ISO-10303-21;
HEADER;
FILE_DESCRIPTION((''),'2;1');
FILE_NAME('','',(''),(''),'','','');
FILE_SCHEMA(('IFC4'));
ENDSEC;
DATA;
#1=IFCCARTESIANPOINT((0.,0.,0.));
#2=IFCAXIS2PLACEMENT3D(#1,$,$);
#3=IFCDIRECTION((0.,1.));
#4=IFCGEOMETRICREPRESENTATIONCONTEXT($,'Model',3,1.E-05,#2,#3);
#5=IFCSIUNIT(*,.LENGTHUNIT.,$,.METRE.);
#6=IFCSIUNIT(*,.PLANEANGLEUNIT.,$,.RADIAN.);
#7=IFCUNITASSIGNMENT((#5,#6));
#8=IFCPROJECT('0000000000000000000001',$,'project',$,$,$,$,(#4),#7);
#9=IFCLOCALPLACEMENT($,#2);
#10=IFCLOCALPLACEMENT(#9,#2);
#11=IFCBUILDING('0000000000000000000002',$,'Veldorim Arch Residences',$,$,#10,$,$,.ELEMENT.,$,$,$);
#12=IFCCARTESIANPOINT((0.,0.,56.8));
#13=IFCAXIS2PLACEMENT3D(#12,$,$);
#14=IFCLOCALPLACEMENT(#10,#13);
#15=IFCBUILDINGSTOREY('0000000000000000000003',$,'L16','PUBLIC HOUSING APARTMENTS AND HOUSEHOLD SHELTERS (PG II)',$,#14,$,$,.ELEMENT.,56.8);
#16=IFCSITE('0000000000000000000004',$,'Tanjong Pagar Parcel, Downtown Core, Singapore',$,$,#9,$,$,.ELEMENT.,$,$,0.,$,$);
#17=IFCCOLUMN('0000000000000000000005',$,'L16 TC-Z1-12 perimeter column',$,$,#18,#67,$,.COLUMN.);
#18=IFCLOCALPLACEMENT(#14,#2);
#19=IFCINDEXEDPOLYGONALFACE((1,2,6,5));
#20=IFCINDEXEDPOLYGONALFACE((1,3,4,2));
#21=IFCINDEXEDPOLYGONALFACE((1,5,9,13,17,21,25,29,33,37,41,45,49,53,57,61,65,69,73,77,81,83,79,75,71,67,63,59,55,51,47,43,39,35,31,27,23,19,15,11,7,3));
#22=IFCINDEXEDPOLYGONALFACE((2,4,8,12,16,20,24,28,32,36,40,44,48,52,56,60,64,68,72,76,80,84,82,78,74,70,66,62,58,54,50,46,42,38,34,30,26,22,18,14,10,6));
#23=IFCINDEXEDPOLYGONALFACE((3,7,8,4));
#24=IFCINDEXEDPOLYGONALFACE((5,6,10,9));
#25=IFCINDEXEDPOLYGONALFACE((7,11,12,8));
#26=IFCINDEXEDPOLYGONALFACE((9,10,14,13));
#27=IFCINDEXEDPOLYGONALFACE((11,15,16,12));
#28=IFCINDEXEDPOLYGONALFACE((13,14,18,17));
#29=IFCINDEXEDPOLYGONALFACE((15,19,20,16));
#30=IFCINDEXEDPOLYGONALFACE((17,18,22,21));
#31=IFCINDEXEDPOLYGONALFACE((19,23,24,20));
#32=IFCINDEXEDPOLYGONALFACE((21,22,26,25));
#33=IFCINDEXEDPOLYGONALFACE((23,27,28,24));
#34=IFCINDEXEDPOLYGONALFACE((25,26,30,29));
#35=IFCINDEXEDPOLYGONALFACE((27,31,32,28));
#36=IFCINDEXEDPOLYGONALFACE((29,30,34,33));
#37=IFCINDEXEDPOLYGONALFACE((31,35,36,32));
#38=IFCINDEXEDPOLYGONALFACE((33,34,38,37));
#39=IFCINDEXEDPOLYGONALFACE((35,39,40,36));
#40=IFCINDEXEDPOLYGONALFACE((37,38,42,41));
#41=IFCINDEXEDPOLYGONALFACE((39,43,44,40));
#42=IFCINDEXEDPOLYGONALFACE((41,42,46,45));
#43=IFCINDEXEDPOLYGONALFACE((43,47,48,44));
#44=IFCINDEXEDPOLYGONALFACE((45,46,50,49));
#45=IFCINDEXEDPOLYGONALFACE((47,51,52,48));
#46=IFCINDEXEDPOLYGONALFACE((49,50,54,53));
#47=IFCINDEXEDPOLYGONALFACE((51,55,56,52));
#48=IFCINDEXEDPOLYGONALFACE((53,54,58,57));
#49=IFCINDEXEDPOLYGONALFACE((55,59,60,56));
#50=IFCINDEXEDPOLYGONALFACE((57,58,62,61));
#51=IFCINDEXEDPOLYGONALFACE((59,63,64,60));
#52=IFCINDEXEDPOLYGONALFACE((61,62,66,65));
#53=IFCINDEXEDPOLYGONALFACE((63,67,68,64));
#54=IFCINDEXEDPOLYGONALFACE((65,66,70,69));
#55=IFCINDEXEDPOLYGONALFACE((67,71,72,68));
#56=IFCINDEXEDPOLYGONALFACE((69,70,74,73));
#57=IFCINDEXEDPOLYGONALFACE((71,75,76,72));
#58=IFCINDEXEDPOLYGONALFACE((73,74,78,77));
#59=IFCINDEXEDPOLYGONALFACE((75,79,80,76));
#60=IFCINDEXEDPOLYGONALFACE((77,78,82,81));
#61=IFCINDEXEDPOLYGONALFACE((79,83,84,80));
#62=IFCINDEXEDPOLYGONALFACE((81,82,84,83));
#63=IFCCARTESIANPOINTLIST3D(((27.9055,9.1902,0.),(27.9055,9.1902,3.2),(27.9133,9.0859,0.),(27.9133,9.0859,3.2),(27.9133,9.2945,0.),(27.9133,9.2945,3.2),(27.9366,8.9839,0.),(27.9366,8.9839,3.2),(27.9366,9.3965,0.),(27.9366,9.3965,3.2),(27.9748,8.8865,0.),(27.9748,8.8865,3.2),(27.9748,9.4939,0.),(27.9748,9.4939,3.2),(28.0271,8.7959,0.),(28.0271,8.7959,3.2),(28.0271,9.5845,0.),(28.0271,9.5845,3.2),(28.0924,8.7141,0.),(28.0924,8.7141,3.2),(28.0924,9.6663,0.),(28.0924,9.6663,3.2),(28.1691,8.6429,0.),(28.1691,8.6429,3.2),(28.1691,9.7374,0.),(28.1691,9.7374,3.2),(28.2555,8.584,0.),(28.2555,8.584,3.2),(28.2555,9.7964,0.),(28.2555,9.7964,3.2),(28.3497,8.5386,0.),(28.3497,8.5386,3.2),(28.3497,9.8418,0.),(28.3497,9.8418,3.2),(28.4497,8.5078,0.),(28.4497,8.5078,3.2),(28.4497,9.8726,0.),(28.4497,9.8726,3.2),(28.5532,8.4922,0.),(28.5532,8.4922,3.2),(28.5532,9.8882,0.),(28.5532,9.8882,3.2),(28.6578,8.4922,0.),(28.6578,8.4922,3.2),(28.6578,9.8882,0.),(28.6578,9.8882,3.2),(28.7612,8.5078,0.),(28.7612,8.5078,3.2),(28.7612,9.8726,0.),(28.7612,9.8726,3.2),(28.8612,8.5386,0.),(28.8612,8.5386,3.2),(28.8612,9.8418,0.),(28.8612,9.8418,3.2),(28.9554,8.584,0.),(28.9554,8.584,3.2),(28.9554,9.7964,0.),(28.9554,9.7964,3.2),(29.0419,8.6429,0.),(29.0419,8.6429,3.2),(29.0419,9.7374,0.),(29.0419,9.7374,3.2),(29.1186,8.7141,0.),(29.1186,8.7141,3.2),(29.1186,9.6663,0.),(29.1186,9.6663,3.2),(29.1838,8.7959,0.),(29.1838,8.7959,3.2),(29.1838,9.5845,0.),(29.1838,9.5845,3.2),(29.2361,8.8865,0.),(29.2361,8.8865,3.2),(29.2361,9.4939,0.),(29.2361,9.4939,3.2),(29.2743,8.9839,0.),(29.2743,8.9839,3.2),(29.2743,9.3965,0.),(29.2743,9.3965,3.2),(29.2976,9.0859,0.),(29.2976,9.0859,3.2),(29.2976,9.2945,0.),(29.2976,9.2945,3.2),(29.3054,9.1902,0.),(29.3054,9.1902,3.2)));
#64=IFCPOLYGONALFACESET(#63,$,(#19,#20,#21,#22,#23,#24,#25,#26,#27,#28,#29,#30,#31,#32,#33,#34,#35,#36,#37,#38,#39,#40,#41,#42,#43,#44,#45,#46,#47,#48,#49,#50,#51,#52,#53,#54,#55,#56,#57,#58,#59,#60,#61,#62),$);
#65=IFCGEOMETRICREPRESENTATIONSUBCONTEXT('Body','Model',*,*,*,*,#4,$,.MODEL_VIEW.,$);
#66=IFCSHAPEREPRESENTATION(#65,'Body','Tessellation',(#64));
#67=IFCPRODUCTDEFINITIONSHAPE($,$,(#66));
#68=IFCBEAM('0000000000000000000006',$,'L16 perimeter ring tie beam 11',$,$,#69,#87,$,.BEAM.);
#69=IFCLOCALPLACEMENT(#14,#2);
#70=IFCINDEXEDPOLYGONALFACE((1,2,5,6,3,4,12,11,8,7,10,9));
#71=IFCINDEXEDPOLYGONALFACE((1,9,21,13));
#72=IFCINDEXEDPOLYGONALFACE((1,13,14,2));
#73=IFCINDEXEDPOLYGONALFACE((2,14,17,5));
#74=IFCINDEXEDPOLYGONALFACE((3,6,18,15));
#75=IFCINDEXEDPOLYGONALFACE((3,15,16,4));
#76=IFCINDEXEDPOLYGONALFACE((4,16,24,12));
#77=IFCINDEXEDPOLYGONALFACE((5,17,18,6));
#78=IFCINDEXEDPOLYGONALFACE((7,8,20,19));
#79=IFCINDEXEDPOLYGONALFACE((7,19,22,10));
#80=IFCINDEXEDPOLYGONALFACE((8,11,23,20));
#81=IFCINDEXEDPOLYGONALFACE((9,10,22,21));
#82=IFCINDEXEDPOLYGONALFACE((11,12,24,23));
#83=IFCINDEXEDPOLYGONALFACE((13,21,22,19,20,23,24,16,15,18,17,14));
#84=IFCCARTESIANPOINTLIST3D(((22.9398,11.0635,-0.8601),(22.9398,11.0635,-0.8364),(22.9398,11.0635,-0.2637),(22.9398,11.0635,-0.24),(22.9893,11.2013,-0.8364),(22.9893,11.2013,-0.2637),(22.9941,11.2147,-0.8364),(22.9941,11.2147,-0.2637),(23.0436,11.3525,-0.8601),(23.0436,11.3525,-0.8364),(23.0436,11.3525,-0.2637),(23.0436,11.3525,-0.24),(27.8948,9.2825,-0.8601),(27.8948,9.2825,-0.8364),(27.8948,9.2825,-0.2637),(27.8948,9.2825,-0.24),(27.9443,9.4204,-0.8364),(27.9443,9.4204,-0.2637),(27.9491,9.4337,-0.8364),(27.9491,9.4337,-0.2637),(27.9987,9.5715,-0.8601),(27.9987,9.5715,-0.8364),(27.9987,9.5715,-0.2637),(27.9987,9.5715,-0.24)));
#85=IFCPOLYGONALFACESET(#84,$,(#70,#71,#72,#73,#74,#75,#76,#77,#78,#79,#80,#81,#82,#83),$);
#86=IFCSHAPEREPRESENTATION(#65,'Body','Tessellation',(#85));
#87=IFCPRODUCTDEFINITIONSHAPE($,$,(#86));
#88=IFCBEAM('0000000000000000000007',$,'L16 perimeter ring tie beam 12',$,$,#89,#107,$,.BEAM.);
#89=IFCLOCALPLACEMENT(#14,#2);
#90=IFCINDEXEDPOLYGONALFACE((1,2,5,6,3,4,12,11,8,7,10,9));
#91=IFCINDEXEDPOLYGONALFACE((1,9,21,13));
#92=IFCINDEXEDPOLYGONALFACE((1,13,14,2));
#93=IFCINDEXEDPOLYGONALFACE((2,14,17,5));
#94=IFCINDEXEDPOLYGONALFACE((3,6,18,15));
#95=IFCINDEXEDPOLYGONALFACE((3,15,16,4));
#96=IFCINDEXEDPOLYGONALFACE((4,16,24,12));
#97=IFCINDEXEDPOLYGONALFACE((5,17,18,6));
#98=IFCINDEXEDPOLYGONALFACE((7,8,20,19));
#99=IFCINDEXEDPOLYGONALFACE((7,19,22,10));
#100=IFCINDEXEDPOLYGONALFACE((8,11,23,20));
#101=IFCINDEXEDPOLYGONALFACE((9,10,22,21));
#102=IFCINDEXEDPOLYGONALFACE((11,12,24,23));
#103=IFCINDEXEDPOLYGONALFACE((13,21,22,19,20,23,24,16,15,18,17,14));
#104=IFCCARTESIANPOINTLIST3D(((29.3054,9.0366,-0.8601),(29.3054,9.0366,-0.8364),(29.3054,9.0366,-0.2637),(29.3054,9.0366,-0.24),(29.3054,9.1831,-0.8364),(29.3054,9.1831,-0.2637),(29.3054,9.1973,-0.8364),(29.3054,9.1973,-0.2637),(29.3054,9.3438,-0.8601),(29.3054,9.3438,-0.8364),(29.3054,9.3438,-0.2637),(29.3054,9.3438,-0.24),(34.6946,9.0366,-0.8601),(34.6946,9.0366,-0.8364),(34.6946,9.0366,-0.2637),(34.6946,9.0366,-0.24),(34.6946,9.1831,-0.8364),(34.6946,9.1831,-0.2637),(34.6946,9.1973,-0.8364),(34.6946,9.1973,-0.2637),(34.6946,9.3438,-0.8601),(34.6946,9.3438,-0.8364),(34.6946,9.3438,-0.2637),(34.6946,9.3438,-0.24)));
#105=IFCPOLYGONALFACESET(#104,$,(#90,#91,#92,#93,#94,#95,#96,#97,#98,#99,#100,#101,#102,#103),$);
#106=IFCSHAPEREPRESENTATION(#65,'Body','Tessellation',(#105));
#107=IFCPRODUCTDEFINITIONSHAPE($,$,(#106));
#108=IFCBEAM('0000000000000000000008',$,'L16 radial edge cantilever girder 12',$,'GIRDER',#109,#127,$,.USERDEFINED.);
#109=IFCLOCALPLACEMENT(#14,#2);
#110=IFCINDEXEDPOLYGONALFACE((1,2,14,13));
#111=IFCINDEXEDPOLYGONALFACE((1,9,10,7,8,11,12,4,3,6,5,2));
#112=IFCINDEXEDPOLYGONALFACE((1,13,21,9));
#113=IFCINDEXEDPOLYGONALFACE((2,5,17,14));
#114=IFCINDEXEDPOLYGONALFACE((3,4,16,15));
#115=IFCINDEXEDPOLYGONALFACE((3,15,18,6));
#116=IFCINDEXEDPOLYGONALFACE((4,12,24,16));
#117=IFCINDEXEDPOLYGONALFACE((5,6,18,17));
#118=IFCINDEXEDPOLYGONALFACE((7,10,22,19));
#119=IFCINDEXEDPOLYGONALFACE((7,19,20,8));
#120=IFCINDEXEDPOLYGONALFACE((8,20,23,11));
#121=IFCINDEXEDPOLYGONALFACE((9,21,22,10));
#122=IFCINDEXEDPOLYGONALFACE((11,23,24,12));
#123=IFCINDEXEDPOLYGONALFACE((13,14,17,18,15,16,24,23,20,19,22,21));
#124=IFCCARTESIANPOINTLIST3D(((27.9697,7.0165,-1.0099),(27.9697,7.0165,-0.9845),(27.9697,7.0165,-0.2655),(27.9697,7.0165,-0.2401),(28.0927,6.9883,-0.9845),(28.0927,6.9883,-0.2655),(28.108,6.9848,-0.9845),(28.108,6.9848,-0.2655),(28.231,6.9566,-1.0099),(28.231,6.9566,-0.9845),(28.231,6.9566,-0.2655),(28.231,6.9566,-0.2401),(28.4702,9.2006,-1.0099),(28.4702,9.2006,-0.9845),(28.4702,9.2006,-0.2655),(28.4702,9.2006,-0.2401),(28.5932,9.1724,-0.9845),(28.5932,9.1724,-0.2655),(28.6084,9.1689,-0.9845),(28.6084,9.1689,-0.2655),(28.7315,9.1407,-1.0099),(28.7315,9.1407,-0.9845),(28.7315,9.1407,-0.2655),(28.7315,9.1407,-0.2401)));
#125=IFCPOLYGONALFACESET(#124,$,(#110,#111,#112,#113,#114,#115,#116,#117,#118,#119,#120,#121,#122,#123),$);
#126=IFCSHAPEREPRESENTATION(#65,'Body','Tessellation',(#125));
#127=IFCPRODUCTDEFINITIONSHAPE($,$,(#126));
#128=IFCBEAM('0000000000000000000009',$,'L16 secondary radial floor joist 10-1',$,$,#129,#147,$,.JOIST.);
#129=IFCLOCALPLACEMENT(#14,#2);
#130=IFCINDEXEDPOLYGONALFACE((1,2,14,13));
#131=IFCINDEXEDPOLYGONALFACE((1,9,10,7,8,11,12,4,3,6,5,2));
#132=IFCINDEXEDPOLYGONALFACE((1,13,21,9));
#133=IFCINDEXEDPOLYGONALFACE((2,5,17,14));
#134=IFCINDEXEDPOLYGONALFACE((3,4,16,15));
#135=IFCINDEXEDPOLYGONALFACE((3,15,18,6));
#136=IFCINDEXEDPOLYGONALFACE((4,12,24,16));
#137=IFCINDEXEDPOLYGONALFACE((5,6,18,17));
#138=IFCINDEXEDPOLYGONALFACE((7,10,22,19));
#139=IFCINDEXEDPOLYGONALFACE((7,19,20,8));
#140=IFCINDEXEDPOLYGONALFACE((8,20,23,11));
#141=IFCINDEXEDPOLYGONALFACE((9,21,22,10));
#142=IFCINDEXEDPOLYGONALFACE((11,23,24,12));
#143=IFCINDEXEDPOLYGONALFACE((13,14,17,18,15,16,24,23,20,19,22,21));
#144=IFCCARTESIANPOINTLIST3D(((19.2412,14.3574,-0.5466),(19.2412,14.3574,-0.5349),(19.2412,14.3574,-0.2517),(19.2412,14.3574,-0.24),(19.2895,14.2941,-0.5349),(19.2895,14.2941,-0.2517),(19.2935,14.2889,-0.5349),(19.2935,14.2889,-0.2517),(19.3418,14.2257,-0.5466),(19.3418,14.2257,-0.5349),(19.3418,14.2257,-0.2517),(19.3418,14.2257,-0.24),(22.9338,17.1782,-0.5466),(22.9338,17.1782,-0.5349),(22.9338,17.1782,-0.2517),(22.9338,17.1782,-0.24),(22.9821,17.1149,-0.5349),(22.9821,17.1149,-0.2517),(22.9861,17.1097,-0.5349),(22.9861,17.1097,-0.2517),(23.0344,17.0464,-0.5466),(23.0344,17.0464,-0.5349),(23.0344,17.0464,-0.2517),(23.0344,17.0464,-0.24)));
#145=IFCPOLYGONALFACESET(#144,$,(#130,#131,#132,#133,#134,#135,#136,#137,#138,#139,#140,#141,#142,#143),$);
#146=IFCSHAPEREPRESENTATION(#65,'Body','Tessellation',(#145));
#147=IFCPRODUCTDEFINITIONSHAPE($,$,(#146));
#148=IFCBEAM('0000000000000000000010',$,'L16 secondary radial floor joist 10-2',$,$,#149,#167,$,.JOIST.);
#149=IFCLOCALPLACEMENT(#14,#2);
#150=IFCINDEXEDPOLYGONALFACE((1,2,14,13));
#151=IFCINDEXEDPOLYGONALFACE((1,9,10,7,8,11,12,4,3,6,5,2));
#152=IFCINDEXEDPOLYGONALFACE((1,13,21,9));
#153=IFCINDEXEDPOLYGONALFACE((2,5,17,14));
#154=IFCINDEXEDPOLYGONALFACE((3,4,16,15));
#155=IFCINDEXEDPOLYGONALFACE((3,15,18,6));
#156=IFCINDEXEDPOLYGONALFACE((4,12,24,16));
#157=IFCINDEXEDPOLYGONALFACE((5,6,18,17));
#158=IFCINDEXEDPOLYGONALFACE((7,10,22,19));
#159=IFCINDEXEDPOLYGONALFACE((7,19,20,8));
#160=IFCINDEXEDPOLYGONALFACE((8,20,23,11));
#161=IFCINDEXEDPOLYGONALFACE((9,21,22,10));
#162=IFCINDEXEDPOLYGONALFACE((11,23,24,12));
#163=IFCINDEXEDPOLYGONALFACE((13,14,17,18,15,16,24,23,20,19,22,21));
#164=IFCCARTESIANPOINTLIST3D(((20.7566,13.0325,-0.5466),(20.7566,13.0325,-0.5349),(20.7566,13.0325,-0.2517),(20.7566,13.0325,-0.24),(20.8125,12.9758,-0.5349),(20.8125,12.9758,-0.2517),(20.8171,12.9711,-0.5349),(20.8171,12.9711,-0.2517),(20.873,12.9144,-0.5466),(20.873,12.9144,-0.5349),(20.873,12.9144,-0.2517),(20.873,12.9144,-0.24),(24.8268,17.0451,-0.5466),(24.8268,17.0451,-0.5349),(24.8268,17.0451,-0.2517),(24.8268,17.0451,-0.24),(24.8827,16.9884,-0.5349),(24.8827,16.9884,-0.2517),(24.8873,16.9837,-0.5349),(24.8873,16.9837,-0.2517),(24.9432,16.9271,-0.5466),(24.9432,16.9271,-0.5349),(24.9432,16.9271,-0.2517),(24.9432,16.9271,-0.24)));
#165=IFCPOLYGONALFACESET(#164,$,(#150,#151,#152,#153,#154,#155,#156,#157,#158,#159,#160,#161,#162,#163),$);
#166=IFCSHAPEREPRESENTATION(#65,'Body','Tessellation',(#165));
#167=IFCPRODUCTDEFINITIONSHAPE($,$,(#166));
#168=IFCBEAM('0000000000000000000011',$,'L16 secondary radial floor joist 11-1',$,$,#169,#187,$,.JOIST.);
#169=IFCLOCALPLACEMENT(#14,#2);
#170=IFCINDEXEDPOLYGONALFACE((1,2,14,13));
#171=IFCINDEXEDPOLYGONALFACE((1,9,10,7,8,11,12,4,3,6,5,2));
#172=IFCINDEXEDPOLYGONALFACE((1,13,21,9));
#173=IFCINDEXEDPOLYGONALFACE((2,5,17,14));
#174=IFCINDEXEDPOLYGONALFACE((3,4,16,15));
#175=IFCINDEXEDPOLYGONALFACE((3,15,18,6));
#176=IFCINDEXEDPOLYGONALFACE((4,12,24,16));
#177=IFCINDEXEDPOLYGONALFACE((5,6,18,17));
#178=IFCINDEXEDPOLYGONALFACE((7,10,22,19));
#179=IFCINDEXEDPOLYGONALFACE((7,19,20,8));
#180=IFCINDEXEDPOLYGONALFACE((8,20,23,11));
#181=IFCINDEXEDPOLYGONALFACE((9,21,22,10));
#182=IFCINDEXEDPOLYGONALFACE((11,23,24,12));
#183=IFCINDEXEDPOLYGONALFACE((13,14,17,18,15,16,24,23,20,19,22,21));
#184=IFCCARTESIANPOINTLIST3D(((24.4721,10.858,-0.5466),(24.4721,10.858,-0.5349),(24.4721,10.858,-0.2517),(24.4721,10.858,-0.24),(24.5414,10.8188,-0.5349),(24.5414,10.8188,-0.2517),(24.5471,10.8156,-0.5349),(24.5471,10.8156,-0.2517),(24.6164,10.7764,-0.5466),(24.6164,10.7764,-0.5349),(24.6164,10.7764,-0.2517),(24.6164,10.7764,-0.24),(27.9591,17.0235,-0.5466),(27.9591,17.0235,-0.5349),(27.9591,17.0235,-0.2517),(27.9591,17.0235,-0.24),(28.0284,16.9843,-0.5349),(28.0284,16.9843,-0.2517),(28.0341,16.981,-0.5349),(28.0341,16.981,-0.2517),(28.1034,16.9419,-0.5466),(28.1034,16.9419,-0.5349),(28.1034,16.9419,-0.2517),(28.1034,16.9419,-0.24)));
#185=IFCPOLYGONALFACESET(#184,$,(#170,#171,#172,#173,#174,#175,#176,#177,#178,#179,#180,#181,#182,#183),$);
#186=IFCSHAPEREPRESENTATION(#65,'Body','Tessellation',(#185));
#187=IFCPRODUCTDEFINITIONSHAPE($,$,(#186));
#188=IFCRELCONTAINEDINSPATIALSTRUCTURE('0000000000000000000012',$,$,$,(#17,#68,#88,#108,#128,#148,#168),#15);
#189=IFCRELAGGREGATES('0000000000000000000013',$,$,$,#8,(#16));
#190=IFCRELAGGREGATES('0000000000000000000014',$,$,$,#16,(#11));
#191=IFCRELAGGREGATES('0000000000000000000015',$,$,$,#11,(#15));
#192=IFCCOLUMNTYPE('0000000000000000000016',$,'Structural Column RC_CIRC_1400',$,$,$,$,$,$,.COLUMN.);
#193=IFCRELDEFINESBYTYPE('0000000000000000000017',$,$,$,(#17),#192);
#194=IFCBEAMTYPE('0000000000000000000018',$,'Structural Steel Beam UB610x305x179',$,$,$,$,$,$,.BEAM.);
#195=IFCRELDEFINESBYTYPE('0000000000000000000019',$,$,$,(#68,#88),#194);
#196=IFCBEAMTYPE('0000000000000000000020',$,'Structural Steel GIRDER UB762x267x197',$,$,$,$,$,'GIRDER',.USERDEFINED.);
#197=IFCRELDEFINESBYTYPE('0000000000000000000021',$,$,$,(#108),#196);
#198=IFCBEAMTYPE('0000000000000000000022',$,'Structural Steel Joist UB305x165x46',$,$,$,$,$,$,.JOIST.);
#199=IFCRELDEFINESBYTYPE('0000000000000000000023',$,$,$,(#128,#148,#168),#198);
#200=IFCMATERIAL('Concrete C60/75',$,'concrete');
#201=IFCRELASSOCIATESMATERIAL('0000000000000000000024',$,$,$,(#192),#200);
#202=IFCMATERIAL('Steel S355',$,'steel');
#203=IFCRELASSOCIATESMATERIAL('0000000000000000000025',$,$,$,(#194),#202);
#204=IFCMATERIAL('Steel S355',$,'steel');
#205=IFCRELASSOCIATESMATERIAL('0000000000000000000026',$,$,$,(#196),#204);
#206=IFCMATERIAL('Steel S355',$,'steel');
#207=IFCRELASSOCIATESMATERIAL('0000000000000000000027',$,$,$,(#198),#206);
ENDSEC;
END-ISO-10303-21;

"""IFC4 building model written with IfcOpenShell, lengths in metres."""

from ifc_helpers import new_model, si_unit, direction, frame, origin, origin_2d, place, context, subcontext, project, spatial, circle, i_section, extrude, material, material_profile, profile_set, type_object, element, save


model = new_model("IFC4")

# Units and contexts
model_context = context("Model", 3, precision=1e-05, world=origin(), true_north=direction((0.0, 1.0)))
body_context = subcontext(model_context, "Body", "Model", "MODEL_VIEW")
ifc_project = project(units=[si_unit("LENGTHUNIT", "METRE"), si_unit("PLANEANGLEUNIT", "RADIAN")], contexts=[model_context])

# Site, building, storey
site_placement = place(None, origin())
site = spatial("IfcSite", under=ifc_project, at=site_placement, Name="Tanjong Pagar Parcel, Downtown Core, Singapore", CompositionType="ELEMENT", RefElevation=0.0)
building_placement = place(site_placement, origin())
building = spatial("IfcBuilding", under=site, at=building_placement, Name="Veldorim Arch Residences", CompositionType="ELEMENT")
storey_placement = place(building_placement, frame((0.0, 0.0, 56.8)))
storey = spatial("IfcBuildingStorey", under=building, at=storey_placement, Name="L16", Description="PUBLIC HOUSING APARTMENTS AND HOUSEHOLD SHELTERS (PG II)", CompositionType="ELEMENT", Elevation=56.8)

# Column
ifc_material_1 = material(Name="Concrete C60/75", Category="concrete")
ifc_material_profile_1 = material_profile(ifc_material_1, circle(Radius=0.7, at=origin_2d()), Name="RC_CIRC_1400")
ifc_profile_set_1 = profile_set([ifc_material_profile_1], Name="Concrete C60/75")
column_type = type_object("IfcColumnType", Name="Structural Column RC_CIRC_1400", PredefinedType="COLUMN", material=ifc_profile_set_1)
column_placement = place(storey_placement, frame((28.6055, 9.1902, 0.0), z_axis=(0.0, 0.0, 1.0), x_axis=(1.0, 0.0, 0.0)))
element("IfcColumn", 1, at=column_placement, inside=storey, type_object=column_type, Name="L16 TC-Z1-12 perimeter column", PredefinedType="COLUMN", context=body_context, shape_type="SweptSolid", body=[
    extrude(circle(Radius=0.7, at=origin_2d()), origin(), (0.0, 0.0, 1.0), 3.2),
])

# Beams
ifc_material_2 = material(Name="Steel S355", Category="steel")
ifc_material_profile_2 = material_profile(ifc_material_2, i_section(OverallWidth=0.3071, OverallDepth=0.6201, WebThickness=0.0142, FlangeThickness=0.0237, at=origin_2d()), Name="UB610x305x179")
ifc_profile_set_2 = profile_set([ifc_material_profile_2], Name="Steel S355")
beam_type_1 = type_object("IfcBeamType", Name="Structural Steel Beam UB610x305x179", PredefinedType="BEAM", material=ifc_profile_set_2)
beam_1_placement = place(storey_placement, frame((22.9917, 11.208, -0.55), z_axis=(0.941058, -0.338245, 0.0), x_axis=(0.338245, 0.941058, 0.0)))
element("IfcBeam", 2, at=beam_1_placement, inside=storey, type_object=beam_type_1, Name="L16 perimeter ring tie beam 11", PredefinedType="BEAM", context=body_context, shape_type="SweptSolid", body=[
    extrude(i_section(OverallWidth=0.3071, OverallDepth=0.6201, WebThickness=0.0142, FlangeThickness=0.0237, at=origin_2d()), origin(), (0.0, 0.0, 1.0), 5.2654),
])
beam_2_placement = place(storey_placement, frame((29.3054, 9.1902, -0.55), z_axis=(1.0, 0.0, 0.0), x_axis=(0.0, 1.0, 0.0)))
element("IfcBeam", 3, at=beam_2_placement, inside=storey, type_object=beam_type_1, Name="L16 perimeter ring tie beam 12", PredefinedType="BEAM", context=body_context, shape_type="SweptSolid", body=[
    extrude(i_section(OverallWidth=0.3071, OverallDepth=0.6201, WebThickness=0.0142, FlangeThickness=0.0237, at=origin_2d()), origin(), (0.0, 0.0, 1.0), 5.3892),
])
ifc_material_3 = material(Name="Steel S355", Category="steel")
ifc_material_profile_3 = material_profile(ifc_material_3, i_section(OverallWidth=0.2681, OverallDepth=0.7698, WebThickness=0.0156, FlangeThickness=0.0254, at=origin_2d()), Name="UB762x267x197")
ifc_profile_set_3 = profile_set([ifc_material_profile_3], Name="Steel S355")
beam_type_2 = type_object("IfcBeamType", Name="Structural Steel GIRDER UB762x267x197", ElementType="GIRDER", PredefinedType="USERDEFINED", material=ifc_profile_set_3)
beam_3_placement = place(storey_placement, frame((28.6008, 9.1707, -0.625), z_axis=(-0.223363, -0.974735, 0.0), x_axis=(0.974735, -0.223363, 0.0)))
element("IfcBeam", 4, at=beam_3_placement, inside=storey, type_object=beam_type_2, Name="L16 radial edge cantilever girder 12", ObjectType="GIRDER", PredefinedType="USERDEFINED", context=body_context, shape_type="SweptSolid", body=[
    extrude(i_section(OverallWidth=0.2681, OverallDepth=0.7698, WebThickness=0.0156, FlangeThickness=0.0254, at=origin_2d()), origin(), (0.0, 0.0, 1.0), 2.2407),
])
ifc_material_4 = material(Name="Steel S355", Category="steel")
ifc_material_profile_4 = material_profile(ifc_material_4, i_section(OverallWidth=0.1658, OverallDepth=0.3066, WebThickness=0.0066, FlangeThickness=0.0117, at=origin_2d()), Name="UB305x165x46")
ifc_profile_set_4 = profile_set([ifc_material_profile_4], Name="Steel S355")
beam_type_3 = type_object("IfcBeamType", Name="Structural Steel Joist UB305x165x46", PredefinedType="JOIST", material=ifc_profile_set_4)
beam_4_placement = place(storey_placement, frame((22.9841, 17.1123, -0.3933), z_axis=(-0.794666, -0.607046, 0.0), x_axis=(0.607046, -0.794666, 0.0)))
element("IfcBeam", 5, at=beam_4_placement, inside=storey, type_object=beam_type_3, Name="L16 secondary radial floor joist 10-1", PredefinedType="JOIST", context=body_context, shape_type="SweptSolid", body=[
    extrude(i_section(OverallWidth=0.1658, OverallDepth=0.3066, WebThickness=0.0066, FlangeThickness=0.0117, at=origin_2d()), origin(), (0.0, 0.0, 1.0), 4.6467),
])
beam_5_placement = place(storey_placement, frame((24.885, 16.9861, -0.3933), z_axis=(-0.712129, -0.702049, 0.0), x_axis=(0.702049, -0.712129, 0.0)))
element("IfcBeam", 6, at=beam_5_placement, inside=storey, type_object=beam_type_3, Name="L16 secondary radial floor joist 10-2", PredefinedType="JOIST", context=body_context, shape_type="SweptSolid", body=[
    extrude(i_section(OverallWidth=0.1658, OverallDepth=0.3066, WebThickness=0.0066, FlangeThickness=0.0117, at=origin_2d()), origin(), (0.0, 0.0, 1.0), 5.7156),
])
beam_6_placement = place(storey_placement, frame((28.0312, 16.9827, -0.3933), z_axis=(-0.492292, -0.87043, 0.0), x_axis=(0.87043, -0.492292, 0.0)))
element("IfcBeam", 7, at=beam_6_placement, inside=storey, type_object=beam_type_3, Name="L16 secondary radial floor joist 11-1", PredefinedType="JOIST", context=body_context, shape_type="SweptSolid", body=[
    extrude(i_section(OverallWidth=0.1658, OverallDepth=0.3066, WebThickness=0.0066, FlangeThickness=0.0117, at=origin_2d()), origin(), (0.0, 0.0, 1.0), 7.0833),
])

save(model, "model.ifc")
